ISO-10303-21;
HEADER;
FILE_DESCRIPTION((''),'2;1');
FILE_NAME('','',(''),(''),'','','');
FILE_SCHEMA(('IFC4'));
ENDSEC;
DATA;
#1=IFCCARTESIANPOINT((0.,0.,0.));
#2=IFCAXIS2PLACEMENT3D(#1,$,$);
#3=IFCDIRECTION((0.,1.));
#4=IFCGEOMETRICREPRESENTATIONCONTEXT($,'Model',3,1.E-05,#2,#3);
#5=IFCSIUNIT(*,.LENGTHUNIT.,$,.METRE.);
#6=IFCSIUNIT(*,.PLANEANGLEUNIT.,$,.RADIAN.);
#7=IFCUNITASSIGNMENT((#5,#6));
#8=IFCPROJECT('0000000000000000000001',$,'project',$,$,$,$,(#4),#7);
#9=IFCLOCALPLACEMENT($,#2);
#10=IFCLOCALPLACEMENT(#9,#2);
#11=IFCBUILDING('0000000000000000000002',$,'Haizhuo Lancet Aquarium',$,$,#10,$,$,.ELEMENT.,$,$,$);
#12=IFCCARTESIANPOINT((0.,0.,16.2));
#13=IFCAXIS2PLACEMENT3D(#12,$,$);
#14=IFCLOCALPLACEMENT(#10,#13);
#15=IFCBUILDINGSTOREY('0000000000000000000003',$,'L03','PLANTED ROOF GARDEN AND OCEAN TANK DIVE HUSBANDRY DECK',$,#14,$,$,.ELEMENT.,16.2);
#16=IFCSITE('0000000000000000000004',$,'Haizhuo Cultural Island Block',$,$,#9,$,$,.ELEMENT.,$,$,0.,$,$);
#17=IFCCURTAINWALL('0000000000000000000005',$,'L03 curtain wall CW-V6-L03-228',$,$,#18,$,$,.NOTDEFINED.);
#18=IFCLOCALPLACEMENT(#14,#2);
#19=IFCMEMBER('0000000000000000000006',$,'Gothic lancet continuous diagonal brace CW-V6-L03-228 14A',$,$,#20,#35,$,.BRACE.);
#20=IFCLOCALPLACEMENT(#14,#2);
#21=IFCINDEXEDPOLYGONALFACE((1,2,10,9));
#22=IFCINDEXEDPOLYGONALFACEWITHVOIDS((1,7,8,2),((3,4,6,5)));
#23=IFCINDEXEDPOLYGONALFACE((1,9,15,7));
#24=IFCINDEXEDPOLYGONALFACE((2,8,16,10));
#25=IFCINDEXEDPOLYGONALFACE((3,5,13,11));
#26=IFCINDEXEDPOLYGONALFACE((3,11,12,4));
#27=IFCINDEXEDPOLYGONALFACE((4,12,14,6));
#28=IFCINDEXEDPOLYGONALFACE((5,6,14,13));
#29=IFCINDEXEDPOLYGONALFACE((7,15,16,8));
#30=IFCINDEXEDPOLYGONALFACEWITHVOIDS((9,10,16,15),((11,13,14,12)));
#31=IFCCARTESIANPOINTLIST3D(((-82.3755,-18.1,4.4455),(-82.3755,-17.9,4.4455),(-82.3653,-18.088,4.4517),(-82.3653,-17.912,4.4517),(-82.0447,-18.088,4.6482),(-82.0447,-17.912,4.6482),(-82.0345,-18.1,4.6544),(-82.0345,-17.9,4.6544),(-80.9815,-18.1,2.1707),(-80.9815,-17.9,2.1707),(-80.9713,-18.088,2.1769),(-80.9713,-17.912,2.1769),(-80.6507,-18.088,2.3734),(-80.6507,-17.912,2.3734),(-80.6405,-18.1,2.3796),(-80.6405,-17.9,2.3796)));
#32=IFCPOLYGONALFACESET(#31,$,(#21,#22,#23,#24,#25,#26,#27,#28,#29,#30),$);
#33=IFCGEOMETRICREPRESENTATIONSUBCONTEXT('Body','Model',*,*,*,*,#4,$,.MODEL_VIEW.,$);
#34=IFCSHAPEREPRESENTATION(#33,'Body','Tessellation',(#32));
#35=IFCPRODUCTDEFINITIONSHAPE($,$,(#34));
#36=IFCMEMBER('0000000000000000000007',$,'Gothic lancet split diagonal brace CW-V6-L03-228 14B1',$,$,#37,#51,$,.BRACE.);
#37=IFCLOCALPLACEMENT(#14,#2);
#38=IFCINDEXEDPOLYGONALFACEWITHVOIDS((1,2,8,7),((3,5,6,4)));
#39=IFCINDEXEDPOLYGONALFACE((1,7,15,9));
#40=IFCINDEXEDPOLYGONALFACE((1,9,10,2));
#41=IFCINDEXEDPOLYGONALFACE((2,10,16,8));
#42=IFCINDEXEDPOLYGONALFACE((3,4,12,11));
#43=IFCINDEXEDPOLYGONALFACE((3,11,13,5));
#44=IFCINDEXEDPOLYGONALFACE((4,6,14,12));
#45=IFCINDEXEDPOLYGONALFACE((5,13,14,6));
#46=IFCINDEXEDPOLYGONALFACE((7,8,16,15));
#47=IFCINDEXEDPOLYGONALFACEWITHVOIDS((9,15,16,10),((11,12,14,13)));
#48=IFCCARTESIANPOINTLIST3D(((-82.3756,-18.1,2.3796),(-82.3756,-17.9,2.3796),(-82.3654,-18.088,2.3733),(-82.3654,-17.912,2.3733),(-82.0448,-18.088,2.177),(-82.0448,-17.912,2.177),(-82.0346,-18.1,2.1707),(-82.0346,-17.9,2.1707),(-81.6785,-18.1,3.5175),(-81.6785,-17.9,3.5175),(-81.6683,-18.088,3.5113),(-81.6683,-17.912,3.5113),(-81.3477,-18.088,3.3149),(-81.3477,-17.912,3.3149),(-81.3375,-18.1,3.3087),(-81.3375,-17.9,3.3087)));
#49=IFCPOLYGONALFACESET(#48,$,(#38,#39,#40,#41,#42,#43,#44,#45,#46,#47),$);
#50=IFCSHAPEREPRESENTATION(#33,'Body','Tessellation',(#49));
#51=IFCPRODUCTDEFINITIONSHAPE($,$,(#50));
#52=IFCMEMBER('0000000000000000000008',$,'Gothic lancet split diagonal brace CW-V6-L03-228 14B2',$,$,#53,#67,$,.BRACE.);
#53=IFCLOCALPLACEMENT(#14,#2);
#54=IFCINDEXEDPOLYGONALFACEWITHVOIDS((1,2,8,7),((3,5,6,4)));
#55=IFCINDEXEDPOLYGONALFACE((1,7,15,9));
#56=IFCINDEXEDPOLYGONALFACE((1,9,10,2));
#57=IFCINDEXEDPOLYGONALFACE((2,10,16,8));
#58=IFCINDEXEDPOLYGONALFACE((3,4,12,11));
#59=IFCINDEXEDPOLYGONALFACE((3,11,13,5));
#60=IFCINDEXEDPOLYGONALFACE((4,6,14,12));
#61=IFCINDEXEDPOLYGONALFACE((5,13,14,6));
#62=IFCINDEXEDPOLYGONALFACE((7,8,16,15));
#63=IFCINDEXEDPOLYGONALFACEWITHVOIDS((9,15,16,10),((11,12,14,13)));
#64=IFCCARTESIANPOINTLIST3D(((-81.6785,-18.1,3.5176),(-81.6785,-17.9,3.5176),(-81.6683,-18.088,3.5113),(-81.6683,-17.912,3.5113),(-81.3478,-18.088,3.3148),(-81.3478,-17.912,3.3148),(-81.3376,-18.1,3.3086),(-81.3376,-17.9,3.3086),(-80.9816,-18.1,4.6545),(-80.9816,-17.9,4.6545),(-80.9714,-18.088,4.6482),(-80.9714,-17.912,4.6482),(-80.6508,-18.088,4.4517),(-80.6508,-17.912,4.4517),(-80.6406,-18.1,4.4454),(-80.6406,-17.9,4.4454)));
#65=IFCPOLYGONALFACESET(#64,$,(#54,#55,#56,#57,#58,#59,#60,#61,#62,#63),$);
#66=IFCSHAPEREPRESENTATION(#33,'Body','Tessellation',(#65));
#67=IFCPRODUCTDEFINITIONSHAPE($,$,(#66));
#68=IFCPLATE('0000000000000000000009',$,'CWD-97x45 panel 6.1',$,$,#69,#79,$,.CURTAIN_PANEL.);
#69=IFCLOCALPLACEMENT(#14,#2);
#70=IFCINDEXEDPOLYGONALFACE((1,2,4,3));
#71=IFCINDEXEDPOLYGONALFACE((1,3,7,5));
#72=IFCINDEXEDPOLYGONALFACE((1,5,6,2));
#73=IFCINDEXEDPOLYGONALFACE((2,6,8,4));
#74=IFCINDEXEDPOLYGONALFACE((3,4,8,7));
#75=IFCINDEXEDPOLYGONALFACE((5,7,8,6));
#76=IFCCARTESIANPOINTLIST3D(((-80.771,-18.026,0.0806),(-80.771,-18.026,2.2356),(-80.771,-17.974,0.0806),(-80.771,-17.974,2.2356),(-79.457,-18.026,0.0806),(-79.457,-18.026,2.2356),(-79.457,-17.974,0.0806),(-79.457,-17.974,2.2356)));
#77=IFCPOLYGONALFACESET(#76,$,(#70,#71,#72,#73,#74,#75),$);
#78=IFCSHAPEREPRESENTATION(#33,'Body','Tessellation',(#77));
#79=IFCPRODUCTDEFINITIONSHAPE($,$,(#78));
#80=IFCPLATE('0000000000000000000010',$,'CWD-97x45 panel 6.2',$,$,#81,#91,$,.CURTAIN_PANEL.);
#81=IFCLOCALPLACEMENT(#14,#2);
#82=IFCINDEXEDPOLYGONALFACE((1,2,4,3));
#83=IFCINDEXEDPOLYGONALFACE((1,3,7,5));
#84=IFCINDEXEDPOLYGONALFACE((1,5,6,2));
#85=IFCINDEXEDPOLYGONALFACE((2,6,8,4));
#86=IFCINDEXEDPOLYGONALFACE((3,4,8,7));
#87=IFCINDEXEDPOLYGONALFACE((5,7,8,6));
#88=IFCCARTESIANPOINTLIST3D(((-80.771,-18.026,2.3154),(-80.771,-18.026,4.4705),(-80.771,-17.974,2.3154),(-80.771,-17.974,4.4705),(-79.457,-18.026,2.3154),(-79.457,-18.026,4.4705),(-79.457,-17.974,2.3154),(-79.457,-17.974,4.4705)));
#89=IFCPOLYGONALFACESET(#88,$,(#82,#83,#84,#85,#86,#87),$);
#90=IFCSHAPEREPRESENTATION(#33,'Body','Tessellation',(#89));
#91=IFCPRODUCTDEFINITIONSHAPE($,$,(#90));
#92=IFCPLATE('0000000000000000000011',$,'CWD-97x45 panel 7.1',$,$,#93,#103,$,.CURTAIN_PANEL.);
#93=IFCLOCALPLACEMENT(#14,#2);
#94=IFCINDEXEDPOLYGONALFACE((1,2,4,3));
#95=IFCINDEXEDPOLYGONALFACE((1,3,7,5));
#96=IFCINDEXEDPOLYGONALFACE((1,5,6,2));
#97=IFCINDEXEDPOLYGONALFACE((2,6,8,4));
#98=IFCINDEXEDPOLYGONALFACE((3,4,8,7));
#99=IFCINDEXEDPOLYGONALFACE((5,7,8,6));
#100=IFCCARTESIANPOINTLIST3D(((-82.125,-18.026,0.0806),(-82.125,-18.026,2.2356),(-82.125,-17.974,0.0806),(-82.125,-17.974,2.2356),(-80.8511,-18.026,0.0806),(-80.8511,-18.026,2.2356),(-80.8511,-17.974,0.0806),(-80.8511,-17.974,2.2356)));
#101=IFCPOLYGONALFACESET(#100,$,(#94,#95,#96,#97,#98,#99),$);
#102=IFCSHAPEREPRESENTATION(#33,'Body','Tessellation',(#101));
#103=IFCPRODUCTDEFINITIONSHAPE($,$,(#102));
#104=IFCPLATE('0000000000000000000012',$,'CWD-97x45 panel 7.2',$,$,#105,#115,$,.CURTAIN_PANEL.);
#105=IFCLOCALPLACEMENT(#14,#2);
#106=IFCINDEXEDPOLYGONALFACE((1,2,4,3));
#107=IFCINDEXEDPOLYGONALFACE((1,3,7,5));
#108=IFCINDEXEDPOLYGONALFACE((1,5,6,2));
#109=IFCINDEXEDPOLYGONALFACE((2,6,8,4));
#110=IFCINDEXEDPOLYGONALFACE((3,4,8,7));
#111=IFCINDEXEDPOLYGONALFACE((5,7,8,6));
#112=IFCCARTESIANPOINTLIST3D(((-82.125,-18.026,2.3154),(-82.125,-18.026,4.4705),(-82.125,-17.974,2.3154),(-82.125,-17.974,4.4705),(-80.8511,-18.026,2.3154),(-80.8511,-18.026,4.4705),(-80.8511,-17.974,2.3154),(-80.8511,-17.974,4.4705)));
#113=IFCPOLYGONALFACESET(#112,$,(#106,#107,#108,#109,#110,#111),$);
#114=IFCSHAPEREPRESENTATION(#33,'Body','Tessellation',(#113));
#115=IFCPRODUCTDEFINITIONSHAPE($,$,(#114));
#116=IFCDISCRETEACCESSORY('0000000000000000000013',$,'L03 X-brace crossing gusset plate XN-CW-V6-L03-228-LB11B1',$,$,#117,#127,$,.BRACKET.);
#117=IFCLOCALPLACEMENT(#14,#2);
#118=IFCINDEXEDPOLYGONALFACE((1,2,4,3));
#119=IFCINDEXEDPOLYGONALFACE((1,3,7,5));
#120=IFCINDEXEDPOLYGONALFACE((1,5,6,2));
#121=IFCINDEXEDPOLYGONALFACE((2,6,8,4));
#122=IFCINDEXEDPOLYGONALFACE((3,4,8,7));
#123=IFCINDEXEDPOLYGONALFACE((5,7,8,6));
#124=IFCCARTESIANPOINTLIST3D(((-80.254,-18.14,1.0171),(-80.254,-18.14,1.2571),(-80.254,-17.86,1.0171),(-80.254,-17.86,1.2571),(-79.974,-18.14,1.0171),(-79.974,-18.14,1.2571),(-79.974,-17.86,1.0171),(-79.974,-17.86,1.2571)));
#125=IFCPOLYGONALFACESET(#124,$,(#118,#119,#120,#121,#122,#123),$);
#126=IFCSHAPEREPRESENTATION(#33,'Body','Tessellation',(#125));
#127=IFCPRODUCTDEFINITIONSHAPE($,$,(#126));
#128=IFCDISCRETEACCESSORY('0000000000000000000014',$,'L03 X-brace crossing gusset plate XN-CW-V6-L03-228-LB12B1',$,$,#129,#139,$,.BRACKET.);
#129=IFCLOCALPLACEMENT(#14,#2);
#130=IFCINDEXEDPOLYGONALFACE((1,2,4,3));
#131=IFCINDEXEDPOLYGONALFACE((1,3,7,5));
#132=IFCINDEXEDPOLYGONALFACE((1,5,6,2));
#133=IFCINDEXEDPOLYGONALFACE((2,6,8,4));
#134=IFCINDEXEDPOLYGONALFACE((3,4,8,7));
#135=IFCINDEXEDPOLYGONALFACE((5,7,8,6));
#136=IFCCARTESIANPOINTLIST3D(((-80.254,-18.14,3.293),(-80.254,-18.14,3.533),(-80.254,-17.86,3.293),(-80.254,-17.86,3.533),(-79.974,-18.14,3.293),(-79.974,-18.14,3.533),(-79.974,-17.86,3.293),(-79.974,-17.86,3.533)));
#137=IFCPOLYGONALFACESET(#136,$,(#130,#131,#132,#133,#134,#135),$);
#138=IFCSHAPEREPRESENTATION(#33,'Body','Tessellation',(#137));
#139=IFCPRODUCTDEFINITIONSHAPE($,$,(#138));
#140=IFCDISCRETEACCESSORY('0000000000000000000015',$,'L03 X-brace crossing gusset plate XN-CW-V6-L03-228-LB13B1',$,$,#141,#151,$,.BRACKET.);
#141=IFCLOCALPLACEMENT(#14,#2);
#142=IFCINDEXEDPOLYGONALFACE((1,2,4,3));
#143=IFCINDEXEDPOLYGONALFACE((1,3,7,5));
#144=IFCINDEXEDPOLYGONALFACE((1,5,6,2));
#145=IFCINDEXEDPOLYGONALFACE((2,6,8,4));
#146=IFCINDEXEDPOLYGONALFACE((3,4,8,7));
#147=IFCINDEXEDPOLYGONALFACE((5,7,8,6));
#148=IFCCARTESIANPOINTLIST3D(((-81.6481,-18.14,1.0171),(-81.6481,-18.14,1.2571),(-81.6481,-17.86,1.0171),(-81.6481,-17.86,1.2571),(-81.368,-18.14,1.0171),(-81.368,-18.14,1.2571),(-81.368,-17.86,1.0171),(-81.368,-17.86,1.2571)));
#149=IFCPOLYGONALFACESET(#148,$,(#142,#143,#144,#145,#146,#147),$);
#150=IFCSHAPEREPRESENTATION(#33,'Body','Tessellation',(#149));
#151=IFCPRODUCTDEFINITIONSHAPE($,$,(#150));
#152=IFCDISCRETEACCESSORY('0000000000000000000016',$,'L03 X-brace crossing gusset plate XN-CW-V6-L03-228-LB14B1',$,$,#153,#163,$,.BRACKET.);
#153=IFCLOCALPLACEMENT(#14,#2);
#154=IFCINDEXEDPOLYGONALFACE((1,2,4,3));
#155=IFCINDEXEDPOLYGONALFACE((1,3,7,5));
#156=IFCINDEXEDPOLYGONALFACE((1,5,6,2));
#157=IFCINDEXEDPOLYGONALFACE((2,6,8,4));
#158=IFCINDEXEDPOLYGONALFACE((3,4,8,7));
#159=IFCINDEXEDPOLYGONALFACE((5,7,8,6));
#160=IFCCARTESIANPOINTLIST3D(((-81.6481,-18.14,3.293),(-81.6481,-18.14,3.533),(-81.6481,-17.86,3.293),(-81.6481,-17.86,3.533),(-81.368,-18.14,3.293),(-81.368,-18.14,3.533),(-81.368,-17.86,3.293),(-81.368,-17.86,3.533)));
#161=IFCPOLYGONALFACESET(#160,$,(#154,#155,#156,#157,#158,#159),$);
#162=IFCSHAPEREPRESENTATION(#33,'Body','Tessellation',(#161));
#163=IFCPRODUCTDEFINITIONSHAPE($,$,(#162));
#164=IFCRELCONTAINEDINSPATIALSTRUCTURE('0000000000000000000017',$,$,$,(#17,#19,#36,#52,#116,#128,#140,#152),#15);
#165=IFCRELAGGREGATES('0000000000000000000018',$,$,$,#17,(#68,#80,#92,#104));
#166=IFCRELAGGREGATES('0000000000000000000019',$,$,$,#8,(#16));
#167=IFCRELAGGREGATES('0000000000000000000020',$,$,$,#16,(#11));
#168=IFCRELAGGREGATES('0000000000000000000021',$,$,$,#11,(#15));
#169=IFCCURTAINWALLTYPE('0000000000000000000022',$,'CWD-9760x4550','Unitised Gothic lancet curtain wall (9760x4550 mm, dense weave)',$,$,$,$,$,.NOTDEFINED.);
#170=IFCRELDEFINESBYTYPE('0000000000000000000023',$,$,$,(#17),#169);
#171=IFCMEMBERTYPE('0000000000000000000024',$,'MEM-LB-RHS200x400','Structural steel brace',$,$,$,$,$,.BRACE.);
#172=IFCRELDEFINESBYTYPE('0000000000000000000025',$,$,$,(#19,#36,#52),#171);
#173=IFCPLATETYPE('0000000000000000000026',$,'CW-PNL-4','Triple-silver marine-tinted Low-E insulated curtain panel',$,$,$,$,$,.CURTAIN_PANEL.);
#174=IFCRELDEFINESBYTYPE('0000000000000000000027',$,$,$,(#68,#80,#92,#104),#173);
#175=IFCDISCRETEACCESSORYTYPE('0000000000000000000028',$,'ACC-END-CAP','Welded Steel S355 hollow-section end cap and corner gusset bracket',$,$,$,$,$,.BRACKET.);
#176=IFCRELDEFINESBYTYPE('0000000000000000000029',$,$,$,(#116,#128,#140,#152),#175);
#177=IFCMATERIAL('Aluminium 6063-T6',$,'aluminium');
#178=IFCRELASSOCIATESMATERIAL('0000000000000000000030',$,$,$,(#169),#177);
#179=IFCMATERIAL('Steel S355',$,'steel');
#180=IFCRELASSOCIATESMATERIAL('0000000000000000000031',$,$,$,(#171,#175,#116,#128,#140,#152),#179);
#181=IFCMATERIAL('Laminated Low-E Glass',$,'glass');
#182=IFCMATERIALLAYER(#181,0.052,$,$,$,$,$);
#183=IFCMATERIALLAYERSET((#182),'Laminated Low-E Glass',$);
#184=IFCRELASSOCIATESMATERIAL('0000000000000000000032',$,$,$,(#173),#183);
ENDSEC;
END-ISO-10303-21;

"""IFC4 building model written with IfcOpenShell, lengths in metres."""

from ifc_helpers import new_model, si_unit, direction, frame, origin, origin_2d, place, context, subcontext, project, spatial, rectangle, hollow_rectangle, extrude, material, layer, layer_set, material_profile, profile_set, type_object, element, aggregate, save


model = new_model("IFC4")

# Units and contexts
model_context = context("Model", 3, precision=1e-05, world=origin(), true_north=direction((0.0, 1.0)))
body_context = subcontext(model_context, "Body", "Model", "MODEL_VIEW")
ifc_project = project(units=[si_unit("LENGTHUNIT", "METRE"), si_unit("PLANEANGLEUNIT", "RADIAN")], contexts=[model_context])

# Site, building, storey
site_placement = place(None, origin())
site = spatial("IfcSite", under=ifc_project, at=site_placement, Name="Haizhuo Cultural Island Block", CompositionType="ELEMENT", RefElevation=0.0)
building_placement = place(site_placement, origin())
building = spatial("IfcBuilding", under=site, at=building_placement, Name="Haizhuo Lancet Aquarium", CompositionType="ELEMENT")
storey_placement = place(building_placement, frame((0.0, 0.0, 16.2)))
storey = spatial("IfcBuildingStorey", under=building, at=storey_placement, Name="L03", Description="PLANTED ROOF GARDEN AND OCEAN TANK DIVE HUSBANDRY DECK", CompositionType="ELEMENT", Elevation=16.2)

# Shared definitions
ifc_material_1 = material(Name="Steel S355", Category="steel")

# Curtain wall
ifc_material_2 = material(Name="Aluminium 6063-T6", Category="aluminium")
curtain_wall_type = type_object("IfcCurtainWallType", Name="CWD-9760x4550", Description="Unitised Gothic lancet curtain wall (9760x4550 mm, dense weave)", PredefinedType="NOTDEFINED", material=ifc_material_2)
curtain_wall_placement = place(storey_placement, origin())
curtain_wall = element("IfcCurtainWall", 1, at=curtain_wall_placement, inside=storey, type_object=curtain_wall_type, Name="L03 curtain wall CW-V6-L03-228", PredefinedType="NOTDEFINED")

# Members
ifc_material_profile_1 = material_profile(ifc_material_1, hollow_rectangle(XDim=0.2, YDim=0.3999, WallThickness=0.012, at=origin_2d()), Name="RHS 200x400x12")
ifc_profile_set_1 = profile_set([ifc_material_profile_1], Name="Steel S355")
member_type_1 = type_object("IfcMemberType", Name="MEM-LB-RHS200x400", Description="Structural steel brace", PredefinedType="BRACE", material=ifc_profile_set_1)
member_1_placement = place(storey_placement, frame((-80.811, -18.0, 2.2751), z_axis=(-0.522493, 0.0, 0.852643), x_axis=(0.0, -1.0, 0.0)))
element("IfcMember", 2, at=member_1_placement, inside=storey, type_object=member_type_1, Name="Gothic lancet continuous diagonal brace CW-V6-L03-228 14A", PredefinedType="BRACE", context=body_context, shape_type="SweptSolid", body=[
    extrude(hollow_rectangle(XDim=0.2, YDim=0.3999, WallThickness=0.012, at=origin_2d()), origin(), (0.0, 0.0, 1.0), 2.668),
])
member_2_placement = place(storey_placement, frame((-82.2051, -18.0, 2.2751), z_axis=(0.52233, 0.0, 0.852743), x_axis=(0.0, 1.0, 0.0)))
element("IfcMember", 3, at=member_2_placement, inside=storey, type_object=member_type_1, Name="Gothic lancet split diagonal brace CW-V6-L03-228 14B1", PredefinedType="BRACE", context=body_context, shape_type="SweptSolid", body=[
    extrude(hollow_rectangle(XDim=0.2, YDim=0.3999, WallThickness=0.012, at=origin_2d()), origin(), (0.0, 0.0, 1.0), 1.3345),
])
member_3_placement = place(storey_placement, frame((-81.5081, -18.0, 3.4131), z_axis=(0.522656, 0.0, 0.852543), x_axis=(0.0, 1.0, 0.0)))
element("IfcMember", 4, at=member_3_placement, inside=storey, type_object=member_type_1, Name="Gothic lancet split diagonal brace CW-V6-L03-228 14B2", PredefinedType="BRACE", context=body_context, shape_type="SweptSolid", body=[
    extrude(hollow_rectangle(XDim=0.2, YDim=0.3999, WallThickness=0.012, at=origin_2d()), origin(), (0.0, 0.0, 1.0), 1.3335),
])

# Plates
ifc_material_3 = material(Name="Laminated Low-E Glass", Category="glass")
ifc_layer = layer(ifc_material_3, 0.052)
ifc_layer_set = layer_set([ifc_layer], Name="Laminated Low-E Glass")
plate_type = type_object("IfcPlateType", Name="CW-PNL-4", Description="Triple-silver marine-tinted Low-E insulated curtain panel", PredefinedType="CURTAIN_PANEL", material=ifc_layer_set)
plate_1_placement = place(storey_placement, frame((-80.114, -18.0, 0.0806), z_axis=(0.0, 0.0, 1.0), x_axis=(-1.0, 0.0, 0.0)))
plate_1 = element("IfcPlate", 5, at=plate_1_placement, type_object=plate_type, Name="CWD-97x45 panel 6.1", PredefinedType="CURTAIN_PANEL", context=body_context, shape_type="SweptSolid", body=[
    extrude(rectangle(XDim=1.314, YDim=0.052, at=origin_2d()), origin(), (0.0, 0.0, 1.0), 2.155),
])
plate_2_placement = place(storey_placement, frame((-80.114, -18.0, 2.3154), z_axis=(0.0, 0.0, 1.0), x_axis=(-1.0, 0.0, 0.0)))
plate_2 = element("IfcPlate", 6, at=plate_2_placement, type_object=plate_type, Name="CWD-97x45 panel 6.2", PredefinedType="CURTAIN_PANEL", context=body_context, shape_type="SweptSolid", body=[
    extrude(rectangle(XDim=1.314, YDim=0.052, at=origin_2d()), origin(), (0.0, 0.0, 1.0), 2.155),
])
plate_3_placement = place(storey_placement, frame((-81.488, -18.0, 0.0806), z_axis=(0.0, 0.0, 1.0), x_axis=(-1.0, 0.0, 0.0)))
plate_3 = element("IfcPlate", 7, at=plate_3_placement, type_object=plate_type, Name="CWD-97x45 panel 7.1", PredefinedType="CURTAIN_PANEL", context=body_context, shape_type="SweptSolid", body=[
    extrude(rectangle(XDim=1.2739, YDim=0.052, at=origin_2d()), origin(), (0.0, 0.0, 1.0), 2.155),
])
plate_4_placement = place(storey_placement, frame((-81.488, -18.0, 2.3154), z_axis=(0.0, 0.0, 1.0), x_axis=(-1.0, 0.0, 0.0)))
plate_4 = element("IfcPlate", 8, at=plate_4_placement, type_object=plate_type, Name="CWD-97x45 panel 7.2", PredefinedType="CURTAIN_PANEL", context=body_context, shape_type="SweptSolid", body=[
    extrude(rectangle(XDim=1.2739, YDim=0.052, at=origin_2d()), origin(), (0.0, 0.0, 1.0), 2.155),
])
aggregate(curtain_wall, [plate_1, plate_2, plate_3, plate_4])

# Discrete accessories
discrete_accessory_type = type_object("IfcDiscreteAccessoryType", Name="ACC-END-CAP", Description="Welded Steel S355 hollow-section end cap and corner gusset bracket", PredefinedType="BRACKET", material=ifc_material_1)
for number, where, z_axis, x_axis, name in (
    (9, (-80.114, -18.0, 1.0171), (0.0, 0.0, 1.0), (1.0, 0.0, 0.0), "L03 X-brace crossing gusset plate XN-CW-V6-L03-228-LB11B1"),
    (10, (-80.114, -18.0, 3.293), (0.0, 0.0, 1.0), (1.0, 0.0, 0.0), "L03 X-brace crossing gusset plate XN-CW-V6-L03-228-LB12B1"),
    (11, (-81.5081, -18.0, 1.0171), (0.0, 0.0, 1.0), (1.0, 0.0, 0.0), "L03 X-brace crossing gusset plate XN-CW-V6-L03-228-LB13B1"),
    (12, (-81.5081, -18.0, 3.293), (0.0, 0.0, 1.0), (1.0, 0.0, 0.0), "L03 X-brace crossing gusset plate XN-CW-V6-L03-228-LB14B1"),
):
    element("IfcDiscreteAccessory", number, at=place(storey_placement, frame(where, z_axis=z_axis, x_axis=x_axis)), inside=storey, type_object=discrete_accessory_type, material=ifc_material_1, Name=name, PredefinedType="BRACKET", context=body_context, shape_type="SweptSolid", body=[
        extrude(rectangle(XDim=0.28, YDim=0.28, at=origin_2d()), origin(), (0.0, 0.0, 1.0), 0.24),
    ])

save(model, "model.ifc")
